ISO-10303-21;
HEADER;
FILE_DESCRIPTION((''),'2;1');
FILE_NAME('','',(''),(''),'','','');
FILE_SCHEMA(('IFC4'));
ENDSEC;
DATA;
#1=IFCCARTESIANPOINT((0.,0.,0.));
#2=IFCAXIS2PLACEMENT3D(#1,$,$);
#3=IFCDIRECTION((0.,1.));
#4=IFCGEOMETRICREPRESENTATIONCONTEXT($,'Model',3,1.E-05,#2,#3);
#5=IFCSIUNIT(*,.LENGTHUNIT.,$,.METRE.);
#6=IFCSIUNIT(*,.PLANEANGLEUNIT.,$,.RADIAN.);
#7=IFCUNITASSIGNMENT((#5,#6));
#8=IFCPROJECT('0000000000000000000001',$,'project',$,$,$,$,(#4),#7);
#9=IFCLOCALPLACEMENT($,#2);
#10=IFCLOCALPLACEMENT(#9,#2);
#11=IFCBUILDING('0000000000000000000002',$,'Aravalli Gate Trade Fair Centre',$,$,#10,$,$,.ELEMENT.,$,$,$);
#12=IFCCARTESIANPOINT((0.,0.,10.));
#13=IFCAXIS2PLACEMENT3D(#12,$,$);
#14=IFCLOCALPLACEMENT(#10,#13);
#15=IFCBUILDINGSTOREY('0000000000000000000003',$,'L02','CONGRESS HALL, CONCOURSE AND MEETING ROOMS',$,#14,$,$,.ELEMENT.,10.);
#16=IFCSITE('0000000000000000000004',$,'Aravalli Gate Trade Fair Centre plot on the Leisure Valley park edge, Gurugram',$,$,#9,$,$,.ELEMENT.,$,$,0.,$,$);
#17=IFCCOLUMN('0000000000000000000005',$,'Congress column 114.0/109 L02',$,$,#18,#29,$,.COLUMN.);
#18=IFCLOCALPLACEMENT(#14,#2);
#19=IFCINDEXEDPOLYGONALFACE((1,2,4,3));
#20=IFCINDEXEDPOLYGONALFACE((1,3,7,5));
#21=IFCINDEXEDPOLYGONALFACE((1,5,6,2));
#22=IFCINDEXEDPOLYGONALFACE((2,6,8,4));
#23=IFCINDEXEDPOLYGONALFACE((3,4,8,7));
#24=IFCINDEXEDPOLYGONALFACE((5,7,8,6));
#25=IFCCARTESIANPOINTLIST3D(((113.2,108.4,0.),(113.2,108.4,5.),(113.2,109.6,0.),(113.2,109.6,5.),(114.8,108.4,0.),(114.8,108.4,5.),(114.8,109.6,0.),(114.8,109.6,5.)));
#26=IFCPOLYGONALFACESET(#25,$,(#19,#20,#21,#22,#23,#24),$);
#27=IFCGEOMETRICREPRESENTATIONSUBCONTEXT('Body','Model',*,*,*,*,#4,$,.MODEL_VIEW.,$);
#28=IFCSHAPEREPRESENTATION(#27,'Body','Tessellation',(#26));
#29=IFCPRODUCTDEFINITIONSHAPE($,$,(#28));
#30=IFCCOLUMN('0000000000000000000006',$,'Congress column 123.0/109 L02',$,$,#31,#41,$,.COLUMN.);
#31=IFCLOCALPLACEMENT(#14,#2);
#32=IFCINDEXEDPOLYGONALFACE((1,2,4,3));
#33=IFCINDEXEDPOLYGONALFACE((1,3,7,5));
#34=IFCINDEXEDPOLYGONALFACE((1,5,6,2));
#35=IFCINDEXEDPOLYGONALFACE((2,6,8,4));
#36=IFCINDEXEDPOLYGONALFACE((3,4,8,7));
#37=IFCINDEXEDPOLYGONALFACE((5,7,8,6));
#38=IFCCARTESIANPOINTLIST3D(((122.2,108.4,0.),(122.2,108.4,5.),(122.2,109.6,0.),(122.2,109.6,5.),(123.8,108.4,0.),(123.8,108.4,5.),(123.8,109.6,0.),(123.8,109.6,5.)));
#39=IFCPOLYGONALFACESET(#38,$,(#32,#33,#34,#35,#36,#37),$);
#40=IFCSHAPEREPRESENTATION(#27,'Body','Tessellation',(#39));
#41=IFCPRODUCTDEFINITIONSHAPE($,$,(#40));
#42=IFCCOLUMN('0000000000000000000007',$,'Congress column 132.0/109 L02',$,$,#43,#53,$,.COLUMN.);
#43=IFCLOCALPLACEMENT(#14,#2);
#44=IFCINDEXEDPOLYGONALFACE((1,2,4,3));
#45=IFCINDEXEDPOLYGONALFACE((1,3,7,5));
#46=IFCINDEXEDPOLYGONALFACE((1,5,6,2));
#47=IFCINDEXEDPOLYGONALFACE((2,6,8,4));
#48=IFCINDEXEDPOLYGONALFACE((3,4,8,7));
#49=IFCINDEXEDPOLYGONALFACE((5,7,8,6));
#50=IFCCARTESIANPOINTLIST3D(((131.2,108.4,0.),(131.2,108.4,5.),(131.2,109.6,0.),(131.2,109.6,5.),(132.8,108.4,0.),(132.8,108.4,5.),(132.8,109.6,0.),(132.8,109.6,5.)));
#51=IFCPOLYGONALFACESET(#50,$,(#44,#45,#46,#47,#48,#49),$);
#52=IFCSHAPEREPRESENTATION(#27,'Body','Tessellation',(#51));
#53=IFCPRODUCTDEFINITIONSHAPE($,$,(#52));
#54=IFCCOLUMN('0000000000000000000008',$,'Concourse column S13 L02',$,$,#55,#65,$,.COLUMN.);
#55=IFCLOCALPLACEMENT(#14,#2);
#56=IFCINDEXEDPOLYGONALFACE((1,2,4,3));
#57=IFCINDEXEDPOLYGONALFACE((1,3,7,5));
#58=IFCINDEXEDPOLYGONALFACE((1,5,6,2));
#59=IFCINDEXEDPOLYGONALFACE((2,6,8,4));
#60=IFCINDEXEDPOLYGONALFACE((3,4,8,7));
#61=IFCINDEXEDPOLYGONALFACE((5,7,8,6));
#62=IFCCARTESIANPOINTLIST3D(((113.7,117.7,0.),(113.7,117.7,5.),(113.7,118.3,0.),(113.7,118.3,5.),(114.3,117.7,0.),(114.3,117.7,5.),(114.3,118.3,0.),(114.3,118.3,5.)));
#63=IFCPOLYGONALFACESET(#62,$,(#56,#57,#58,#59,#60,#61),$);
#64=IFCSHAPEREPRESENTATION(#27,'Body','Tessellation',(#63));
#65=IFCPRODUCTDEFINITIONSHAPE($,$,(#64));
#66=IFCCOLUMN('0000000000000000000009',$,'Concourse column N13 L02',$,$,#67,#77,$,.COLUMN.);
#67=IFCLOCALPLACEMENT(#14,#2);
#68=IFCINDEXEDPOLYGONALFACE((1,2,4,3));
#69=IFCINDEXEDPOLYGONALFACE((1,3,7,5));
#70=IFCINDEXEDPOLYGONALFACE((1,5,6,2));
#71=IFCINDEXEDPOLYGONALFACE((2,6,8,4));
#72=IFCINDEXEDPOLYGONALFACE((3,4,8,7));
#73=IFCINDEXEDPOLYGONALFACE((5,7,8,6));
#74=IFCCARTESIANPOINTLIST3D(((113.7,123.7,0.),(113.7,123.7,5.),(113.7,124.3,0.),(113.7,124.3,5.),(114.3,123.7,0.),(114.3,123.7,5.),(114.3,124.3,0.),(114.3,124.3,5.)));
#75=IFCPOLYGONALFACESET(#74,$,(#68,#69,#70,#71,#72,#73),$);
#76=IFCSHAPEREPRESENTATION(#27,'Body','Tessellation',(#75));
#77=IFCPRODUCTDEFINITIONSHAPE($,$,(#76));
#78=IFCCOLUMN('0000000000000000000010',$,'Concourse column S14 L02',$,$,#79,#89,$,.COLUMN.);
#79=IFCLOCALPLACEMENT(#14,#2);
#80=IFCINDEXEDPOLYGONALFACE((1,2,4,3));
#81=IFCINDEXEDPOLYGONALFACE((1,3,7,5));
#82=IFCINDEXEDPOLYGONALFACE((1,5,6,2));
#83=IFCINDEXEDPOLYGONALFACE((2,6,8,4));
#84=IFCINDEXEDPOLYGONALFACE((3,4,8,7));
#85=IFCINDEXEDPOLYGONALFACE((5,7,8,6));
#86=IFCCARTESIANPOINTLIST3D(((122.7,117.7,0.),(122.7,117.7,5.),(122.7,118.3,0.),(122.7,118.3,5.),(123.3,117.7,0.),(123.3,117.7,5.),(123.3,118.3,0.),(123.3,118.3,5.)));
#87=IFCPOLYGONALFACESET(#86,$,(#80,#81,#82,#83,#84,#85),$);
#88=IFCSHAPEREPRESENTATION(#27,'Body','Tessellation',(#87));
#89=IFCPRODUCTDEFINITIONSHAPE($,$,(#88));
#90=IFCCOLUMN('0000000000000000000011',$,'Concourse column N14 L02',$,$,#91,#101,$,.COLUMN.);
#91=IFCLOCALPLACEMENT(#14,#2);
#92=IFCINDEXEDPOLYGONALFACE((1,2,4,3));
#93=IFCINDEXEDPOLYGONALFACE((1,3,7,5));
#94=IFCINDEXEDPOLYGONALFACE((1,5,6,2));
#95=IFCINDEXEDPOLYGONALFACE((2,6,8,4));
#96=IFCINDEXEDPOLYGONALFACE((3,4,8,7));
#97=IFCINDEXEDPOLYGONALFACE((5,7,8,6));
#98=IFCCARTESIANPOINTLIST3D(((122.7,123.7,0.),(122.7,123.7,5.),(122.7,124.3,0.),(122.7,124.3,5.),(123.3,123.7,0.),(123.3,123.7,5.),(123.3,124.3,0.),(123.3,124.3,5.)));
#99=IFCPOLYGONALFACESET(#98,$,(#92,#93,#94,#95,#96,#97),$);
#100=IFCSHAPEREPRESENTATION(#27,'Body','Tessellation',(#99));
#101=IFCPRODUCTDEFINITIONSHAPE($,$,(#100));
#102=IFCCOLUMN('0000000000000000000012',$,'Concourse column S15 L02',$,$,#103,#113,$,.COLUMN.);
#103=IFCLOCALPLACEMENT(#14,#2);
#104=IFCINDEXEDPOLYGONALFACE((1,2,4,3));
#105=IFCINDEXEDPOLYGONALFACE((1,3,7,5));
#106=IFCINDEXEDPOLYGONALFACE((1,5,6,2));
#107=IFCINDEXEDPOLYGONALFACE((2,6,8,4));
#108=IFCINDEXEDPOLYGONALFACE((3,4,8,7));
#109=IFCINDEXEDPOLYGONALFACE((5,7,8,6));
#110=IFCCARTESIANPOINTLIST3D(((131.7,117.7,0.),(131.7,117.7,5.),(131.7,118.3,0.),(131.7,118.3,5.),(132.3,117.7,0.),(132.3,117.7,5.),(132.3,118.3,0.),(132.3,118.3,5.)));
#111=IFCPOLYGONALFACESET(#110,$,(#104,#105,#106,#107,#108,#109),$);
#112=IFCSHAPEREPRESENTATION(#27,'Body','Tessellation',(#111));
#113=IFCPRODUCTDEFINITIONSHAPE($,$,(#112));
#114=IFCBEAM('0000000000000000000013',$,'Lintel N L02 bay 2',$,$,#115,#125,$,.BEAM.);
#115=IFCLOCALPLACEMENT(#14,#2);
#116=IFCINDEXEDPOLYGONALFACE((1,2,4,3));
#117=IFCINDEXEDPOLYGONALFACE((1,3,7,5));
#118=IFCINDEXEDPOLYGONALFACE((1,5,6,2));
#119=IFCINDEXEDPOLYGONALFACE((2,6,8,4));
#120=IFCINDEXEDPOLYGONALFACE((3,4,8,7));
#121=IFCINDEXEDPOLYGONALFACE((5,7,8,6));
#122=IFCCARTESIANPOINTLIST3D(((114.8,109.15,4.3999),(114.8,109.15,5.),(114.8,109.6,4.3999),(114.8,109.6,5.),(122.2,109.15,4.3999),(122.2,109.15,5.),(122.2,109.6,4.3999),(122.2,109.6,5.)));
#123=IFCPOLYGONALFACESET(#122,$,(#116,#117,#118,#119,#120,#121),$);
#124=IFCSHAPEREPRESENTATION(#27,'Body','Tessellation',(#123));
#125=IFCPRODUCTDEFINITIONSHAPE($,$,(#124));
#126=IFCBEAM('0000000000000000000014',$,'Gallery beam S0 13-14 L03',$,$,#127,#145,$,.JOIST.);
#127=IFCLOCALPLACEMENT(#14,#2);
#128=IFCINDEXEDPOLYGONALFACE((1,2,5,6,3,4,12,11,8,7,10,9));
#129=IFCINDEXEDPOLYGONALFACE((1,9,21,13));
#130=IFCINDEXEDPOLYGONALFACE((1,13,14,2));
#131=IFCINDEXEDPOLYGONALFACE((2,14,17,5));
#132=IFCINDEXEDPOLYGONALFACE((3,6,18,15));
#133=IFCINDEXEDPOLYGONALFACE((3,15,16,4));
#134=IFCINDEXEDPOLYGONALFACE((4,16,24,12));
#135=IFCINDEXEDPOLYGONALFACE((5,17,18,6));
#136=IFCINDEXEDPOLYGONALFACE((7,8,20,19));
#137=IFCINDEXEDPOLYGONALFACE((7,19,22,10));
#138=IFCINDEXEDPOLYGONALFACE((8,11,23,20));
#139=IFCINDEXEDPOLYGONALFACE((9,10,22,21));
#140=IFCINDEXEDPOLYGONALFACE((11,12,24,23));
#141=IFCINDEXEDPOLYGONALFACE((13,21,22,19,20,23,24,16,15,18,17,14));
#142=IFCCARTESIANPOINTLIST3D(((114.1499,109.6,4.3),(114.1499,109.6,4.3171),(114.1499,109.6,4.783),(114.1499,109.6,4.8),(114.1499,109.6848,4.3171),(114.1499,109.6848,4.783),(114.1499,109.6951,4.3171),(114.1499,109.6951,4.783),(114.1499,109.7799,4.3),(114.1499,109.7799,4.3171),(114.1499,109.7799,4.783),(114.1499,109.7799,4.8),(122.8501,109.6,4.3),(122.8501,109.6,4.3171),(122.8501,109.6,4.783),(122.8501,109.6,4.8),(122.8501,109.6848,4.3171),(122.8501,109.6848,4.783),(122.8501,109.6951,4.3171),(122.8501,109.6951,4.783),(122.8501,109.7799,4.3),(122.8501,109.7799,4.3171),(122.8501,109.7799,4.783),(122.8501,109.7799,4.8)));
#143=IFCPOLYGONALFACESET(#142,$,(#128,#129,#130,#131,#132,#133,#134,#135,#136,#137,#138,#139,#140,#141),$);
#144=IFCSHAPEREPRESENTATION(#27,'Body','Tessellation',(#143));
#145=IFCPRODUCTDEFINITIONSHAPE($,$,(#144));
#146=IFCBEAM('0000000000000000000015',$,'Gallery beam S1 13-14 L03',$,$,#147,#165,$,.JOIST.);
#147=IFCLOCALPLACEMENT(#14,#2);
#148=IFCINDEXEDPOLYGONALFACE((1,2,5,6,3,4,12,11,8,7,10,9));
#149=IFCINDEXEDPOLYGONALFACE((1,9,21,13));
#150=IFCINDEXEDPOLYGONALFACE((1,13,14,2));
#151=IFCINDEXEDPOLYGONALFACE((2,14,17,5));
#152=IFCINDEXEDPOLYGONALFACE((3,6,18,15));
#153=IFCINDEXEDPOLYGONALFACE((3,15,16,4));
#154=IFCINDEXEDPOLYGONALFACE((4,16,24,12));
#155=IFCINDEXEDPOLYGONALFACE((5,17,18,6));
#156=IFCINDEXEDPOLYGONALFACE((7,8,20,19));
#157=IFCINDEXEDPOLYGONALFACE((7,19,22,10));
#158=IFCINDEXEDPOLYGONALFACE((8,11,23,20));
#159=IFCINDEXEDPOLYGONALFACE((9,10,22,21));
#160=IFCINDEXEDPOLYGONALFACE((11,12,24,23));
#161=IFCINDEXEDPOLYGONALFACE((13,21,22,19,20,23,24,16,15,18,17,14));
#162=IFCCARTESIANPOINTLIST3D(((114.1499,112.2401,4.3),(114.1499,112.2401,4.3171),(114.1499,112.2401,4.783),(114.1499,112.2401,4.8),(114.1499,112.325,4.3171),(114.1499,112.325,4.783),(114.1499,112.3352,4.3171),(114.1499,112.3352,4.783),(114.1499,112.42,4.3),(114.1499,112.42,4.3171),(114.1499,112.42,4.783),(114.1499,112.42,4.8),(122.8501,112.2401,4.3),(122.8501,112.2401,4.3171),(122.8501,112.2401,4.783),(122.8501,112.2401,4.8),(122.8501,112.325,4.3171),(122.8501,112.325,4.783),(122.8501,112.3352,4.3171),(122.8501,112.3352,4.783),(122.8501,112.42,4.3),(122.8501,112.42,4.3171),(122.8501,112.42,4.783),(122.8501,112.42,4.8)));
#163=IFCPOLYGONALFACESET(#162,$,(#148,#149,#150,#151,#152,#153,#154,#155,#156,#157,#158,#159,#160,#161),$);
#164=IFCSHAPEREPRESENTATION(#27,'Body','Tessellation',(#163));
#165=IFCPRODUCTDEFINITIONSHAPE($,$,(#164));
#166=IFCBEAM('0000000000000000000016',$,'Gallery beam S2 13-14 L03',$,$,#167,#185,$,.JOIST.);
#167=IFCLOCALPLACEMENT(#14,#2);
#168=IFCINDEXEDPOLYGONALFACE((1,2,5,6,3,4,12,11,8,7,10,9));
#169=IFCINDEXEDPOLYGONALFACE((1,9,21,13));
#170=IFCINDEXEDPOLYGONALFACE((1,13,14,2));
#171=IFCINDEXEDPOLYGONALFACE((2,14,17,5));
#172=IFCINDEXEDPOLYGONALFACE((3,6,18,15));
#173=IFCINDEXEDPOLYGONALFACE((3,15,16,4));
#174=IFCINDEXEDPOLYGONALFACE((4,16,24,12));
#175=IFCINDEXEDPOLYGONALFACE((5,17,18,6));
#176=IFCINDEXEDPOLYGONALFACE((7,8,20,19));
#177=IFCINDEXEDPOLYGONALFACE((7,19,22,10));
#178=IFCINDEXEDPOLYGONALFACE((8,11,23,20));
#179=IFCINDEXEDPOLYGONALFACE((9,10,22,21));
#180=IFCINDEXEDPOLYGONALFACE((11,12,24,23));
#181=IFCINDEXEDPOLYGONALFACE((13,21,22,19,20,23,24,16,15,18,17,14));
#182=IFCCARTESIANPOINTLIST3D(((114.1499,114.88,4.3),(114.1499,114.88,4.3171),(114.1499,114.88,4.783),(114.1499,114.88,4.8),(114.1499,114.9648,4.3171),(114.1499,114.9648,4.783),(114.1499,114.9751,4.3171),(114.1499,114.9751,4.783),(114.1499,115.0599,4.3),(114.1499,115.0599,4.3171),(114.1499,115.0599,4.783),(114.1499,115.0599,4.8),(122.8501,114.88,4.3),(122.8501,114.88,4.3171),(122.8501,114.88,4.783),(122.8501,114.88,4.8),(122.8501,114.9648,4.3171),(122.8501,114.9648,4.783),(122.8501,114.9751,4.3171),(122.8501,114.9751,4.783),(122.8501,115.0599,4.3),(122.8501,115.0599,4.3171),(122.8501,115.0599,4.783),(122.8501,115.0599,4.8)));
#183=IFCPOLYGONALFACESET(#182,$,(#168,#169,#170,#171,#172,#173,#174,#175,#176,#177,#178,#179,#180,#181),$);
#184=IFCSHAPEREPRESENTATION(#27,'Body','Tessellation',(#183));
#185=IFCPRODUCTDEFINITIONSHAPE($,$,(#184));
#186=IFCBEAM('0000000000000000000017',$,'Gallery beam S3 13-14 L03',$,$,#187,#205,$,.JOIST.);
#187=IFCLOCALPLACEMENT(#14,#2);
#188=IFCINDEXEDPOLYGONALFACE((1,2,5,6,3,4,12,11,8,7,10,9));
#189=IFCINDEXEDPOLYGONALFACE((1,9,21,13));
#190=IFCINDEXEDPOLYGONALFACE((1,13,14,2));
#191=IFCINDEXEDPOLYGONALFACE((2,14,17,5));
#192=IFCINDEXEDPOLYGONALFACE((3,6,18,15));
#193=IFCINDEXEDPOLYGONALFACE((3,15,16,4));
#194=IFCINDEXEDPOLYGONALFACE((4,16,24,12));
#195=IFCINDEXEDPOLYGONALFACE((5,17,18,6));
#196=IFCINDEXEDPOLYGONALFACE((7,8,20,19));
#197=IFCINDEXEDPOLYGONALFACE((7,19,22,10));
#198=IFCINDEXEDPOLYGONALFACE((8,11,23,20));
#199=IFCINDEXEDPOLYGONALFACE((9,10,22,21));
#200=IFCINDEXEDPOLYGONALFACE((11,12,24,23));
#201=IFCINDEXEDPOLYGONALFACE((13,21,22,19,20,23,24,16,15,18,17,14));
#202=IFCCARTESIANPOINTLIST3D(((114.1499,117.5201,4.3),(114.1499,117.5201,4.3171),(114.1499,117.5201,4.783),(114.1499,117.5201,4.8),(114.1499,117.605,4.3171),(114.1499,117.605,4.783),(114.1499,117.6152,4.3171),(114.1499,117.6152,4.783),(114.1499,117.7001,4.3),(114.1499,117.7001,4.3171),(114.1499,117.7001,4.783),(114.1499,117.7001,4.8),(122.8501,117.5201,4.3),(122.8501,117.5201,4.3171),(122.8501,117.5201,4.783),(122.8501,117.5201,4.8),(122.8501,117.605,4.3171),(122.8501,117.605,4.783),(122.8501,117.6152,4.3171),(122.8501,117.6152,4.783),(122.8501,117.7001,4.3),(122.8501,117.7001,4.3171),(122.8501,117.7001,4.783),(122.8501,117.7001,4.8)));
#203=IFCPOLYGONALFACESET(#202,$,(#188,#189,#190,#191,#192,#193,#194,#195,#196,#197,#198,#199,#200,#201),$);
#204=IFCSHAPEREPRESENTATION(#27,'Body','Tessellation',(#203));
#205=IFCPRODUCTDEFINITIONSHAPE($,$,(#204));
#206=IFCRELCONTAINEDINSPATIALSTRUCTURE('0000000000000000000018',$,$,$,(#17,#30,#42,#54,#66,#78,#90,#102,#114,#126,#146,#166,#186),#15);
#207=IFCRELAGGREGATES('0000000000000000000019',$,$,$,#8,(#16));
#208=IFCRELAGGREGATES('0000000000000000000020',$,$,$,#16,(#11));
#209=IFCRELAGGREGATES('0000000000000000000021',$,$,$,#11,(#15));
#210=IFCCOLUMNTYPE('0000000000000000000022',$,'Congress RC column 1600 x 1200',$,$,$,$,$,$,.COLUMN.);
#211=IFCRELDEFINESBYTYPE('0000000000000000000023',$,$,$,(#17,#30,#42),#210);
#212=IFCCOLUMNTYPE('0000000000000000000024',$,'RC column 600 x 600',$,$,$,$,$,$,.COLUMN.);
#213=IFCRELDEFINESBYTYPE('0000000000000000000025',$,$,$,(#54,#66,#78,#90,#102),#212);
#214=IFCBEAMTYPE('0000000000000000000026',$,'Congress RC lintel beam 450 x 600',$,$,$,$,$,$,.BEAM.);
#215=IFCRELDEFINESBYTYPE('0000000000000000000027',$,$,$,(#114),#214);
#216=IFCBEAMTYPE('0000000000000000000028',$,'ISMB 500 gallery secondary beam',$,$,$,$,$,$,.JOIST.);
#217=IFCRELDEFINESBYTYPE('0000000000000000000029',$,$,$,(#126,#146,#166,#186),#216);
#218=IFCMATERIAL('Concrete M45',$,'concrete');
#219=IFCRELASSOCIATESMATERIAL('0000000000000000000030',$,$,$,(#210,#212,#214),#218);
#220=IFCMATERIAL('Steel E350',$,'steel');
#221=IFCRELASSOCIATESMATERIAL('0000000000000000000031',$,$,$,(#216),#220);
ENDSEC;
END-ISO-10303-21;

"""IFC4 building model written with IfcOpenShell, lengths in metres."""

from ifc_helpers import new_model, si_unit, direction, frame, origin, origin_2d, place, context, subcontext, project, spatial, rectangle, i_section, extrude, material, material_profile, profile_set, type_object, element, save


model = new_model("IFC4")

# Units and contexts
model_context = context("Model", 3, precision=1e-05, world=origin(), true_north=direction((0.0, 1.0)))
body_context = subcontext(model_context, "Body", "Model", "MODEL_VIEW")
ifc_project = project(units=[si_unit("LENGTHUNIT", "METRE"), si_unit("PLANEANGLEUNIT", "RADIAN")], contexts=[model_context])

# Site, building, storey
site_placement = place(None, origin())
site = spatial("IfcSite", under=ifc_project, at=site_placement, Name="Aravalli Gate Trade Fair Centre plot on the Leisure Valley park edge, Gurugram", CompositionType="ELEMENT", RefElevation=0.0)
building_placement = place(site_placement, origin())
building = spatial("IfcBuilding", under=site, at=building_placement, Name="Aravalli Gate Trade Fair Centre", CompositionType="ELEMENT")
storey_placement = place(building_placement, frame((0.0, 0.0, 10.0)))
storey = spatial("IfcBuildingStorey", under=building, at=storey_placement, Name="L02", Description="CONGRESS HALL, CONCOURSE AND MEETING ROOMS", CompositionType="ELEMENT", Elevation=10.0)

# Columns
ifc_material_1 = material(Name="Concrete M45", Category="concrete")
ifc_material_profile_1 = material_profile(ifc_material_1, rectangle(XDim=1.6001, YDim=1.2, at=origin_2d()), Name="RC 1600x1200")
ifc_profile_set_1 = profile_set([ifc_material_profile_1], Name="Concrete M45")
column_type_1 = type_object("IfcColumnType", Name="Congress RC column 1600 x 1200", PredefinedType="COLUMN", material=ifc_profile_set_1)
for number, where, z_axis, x_axis, name in (
    (1, (114.0, 109.0, 0.0), (0.0, 0.0, 1.0), (1.0, 0.0, 0.0), "Congress column 114.0/109 L02"),
    (2, (123.0, 109.0, 0.0), (0.0, 0.0, 1.0), (1.0, 0.0, 0.0), "Congress column 123.0/109 L02"),
    (3, (132.0, 109.0, 0.0), (0.0, 0.0, 1.0), (1.0, 0.0, 0.0), "Congress column 132.0/109 L02"),
):
    element("IfcColumn", number, at=place(storey_placement, frame(where, z_axis=z_axis, x_axis=x_axis)), inside=storey, type_object=column_type_1, Name=name, PredefinedType="COLUMN", context=body_context, shape_type="SweptSolid", body=[
        extrude(rectangle(XDim=1.6001, YDim=1.2, at=origin_2d()), origin(), (0.0, 0.0, 1.0), 5.0),
    ])
ifc_material_profile_2 = material_profile(ifc_material_1, rectangle(XDim=0.6001, YDim=0.6001, at=origin_2d()), Name="RC column 600 x 600")
ifc_profile_set_2 = profile_set([ifc_material_profile_2], Name="Concrete M45")
column_type_2 = type_object("IfcColumnType", Name="RC column 600 x 600", PredefinedType="COLUMN", material=ifc_profile_set_2)
for number, where, z_axis, x_axis, name in (
    (4, (114.0, 118.0, 0.0), (0.0, 0.0, 1.0), (1.0, 0.0, 0.0), "Concourse column S13 L02"),
    (5, (114.0, 124.0, 0.0), (0.0, 0.0, 1.0), (1.0, 0.0, 0.0), "Concourse column N13 L02"),
    (6, (123.0, 118.0, 0.0), (0.0, 0.0, 1.0), (1.0, 0.0, 0.0), "Concourse column S14 L02"),
    (7, (123.0, 124.0, 0.0), (0.0, 0.0, 1.0), (1.0, 0.0, 0.0), "Concourse column N14 L02"),
    (8, (132.0, 118.0, 0.0), (0.0, 0.0, 1.0), (1.0, 0.0, 0.0), "Concourse column S15 L02"),
):
    element("IfcColumn", number, at=place(storey_placement, frame(where, z_axis=z_axis, x_axis=x_axis)), inside=storey, type_object=column_type_2, Name=name, PredefinedType="COLUMN", context=body_context, shape_type="SweptSolid", body=[
        extrude(rectangle(XDim=0.6001, YDim=0.6001, at=origin_2d()), origin(), (0.0, 0.0, 1.0), 5.0),
    ])

# Beams
ifc_material_profile_3 = material_profile(ifc_material_1, rectangle(XDim=0.45, YDim=0.6001, at=origin_2d()), Name="RC 450x600")
ifc_profile_set_3 = profile_set([ifc_material_profile_3], Name="Concrete M45")
beam_type_1 = type_object("IfcBeamType", Name="Congress RC lintel beam 450 x 600", PredefinedType="BEAM", material=ifc_profile_set_3)
beam_1_placement = place(storey_placement, frame((114.8, 109.375, 4.7), z_axis=(1.0, 0.0, 0.0), x_axis=(0.0, 1.0, 0.0)))
element("IfcBeam", 9, at=beam_1_placement, inside=storey, type_object=beam_type_1, Name="Lintel N L02 bay 2", PredefinedType="BEAM", context=body_context, shape_type="SweptSolid", body=[
    extrude(rectangle(XDim=0.45, YDim=0.6001, at=origin_2d()), origin(), (0.0, 0.0, 1.0), 7.3999),
])
ifc_material_2 = material(Name="Steel E350", Category="steel")
ifc_material_profile_4 = material_profile(ifc_material_2, i_section(OverallWidth=0.1799, OverallDepth=0.5, WebThickness=0.0103, FlangeThickness=0.0171, at=origin_2d()), Name="ISMB 500")
ifc_profile_set_4 = profile_set([ifc_material_profile_4], Name="Steel E350")
beam_type_2 = type_object("IfcBeamType", Name="ISMB 500 gallery secondary beam", PredefinedType="JOIST", material=ifc_profile_set_4)
for number, where, z_axis, x_axis, name in (
    (10, (114.1499, 109.6899, 4.55), (1.0, 0.0, 0.0), (0.0, 1.0, 0.0), "Gallery beam S0 13-14 L03"),
    (11, (114.1499, 112.3301, 4.55), (1.0, 0.0, 0.0), (0.0, 1.0, 0.0), "Gallery beam S1 13-14 L03"),
    (12, (114.1499, 114.97, 4.55), (1.0, 0.0, 0.0), (0.0, 1.0, 0.0), "Gallery beam S2 13-14 L03"),
    (13, (114.1499, 117.6101, 4.55), (1.0, 0.0, 0.0), (0.0, 1.0, 0.0), "Gallery beam S3 13-14 L03"),
):
    element("IfcBeam", number, at=place(storey_placement, frame(where, z_axis=z_axis, x_axis=x_axis)), inside=storey, type_object=beam_type_2, Name=name, PredefinedType="JOIST", context=body_context, shape_type="SweptSolid", body=[
        extrude(i_section(OverallWidth=0.1799, OverallDepth=0.5, WebThickness=0.0103, FlangeThickness=0.0171, at=origin_2d()), origin(), (0.0, 0.0, 1.0), 8.7002),
    ])

save(model, "model.ifc")
